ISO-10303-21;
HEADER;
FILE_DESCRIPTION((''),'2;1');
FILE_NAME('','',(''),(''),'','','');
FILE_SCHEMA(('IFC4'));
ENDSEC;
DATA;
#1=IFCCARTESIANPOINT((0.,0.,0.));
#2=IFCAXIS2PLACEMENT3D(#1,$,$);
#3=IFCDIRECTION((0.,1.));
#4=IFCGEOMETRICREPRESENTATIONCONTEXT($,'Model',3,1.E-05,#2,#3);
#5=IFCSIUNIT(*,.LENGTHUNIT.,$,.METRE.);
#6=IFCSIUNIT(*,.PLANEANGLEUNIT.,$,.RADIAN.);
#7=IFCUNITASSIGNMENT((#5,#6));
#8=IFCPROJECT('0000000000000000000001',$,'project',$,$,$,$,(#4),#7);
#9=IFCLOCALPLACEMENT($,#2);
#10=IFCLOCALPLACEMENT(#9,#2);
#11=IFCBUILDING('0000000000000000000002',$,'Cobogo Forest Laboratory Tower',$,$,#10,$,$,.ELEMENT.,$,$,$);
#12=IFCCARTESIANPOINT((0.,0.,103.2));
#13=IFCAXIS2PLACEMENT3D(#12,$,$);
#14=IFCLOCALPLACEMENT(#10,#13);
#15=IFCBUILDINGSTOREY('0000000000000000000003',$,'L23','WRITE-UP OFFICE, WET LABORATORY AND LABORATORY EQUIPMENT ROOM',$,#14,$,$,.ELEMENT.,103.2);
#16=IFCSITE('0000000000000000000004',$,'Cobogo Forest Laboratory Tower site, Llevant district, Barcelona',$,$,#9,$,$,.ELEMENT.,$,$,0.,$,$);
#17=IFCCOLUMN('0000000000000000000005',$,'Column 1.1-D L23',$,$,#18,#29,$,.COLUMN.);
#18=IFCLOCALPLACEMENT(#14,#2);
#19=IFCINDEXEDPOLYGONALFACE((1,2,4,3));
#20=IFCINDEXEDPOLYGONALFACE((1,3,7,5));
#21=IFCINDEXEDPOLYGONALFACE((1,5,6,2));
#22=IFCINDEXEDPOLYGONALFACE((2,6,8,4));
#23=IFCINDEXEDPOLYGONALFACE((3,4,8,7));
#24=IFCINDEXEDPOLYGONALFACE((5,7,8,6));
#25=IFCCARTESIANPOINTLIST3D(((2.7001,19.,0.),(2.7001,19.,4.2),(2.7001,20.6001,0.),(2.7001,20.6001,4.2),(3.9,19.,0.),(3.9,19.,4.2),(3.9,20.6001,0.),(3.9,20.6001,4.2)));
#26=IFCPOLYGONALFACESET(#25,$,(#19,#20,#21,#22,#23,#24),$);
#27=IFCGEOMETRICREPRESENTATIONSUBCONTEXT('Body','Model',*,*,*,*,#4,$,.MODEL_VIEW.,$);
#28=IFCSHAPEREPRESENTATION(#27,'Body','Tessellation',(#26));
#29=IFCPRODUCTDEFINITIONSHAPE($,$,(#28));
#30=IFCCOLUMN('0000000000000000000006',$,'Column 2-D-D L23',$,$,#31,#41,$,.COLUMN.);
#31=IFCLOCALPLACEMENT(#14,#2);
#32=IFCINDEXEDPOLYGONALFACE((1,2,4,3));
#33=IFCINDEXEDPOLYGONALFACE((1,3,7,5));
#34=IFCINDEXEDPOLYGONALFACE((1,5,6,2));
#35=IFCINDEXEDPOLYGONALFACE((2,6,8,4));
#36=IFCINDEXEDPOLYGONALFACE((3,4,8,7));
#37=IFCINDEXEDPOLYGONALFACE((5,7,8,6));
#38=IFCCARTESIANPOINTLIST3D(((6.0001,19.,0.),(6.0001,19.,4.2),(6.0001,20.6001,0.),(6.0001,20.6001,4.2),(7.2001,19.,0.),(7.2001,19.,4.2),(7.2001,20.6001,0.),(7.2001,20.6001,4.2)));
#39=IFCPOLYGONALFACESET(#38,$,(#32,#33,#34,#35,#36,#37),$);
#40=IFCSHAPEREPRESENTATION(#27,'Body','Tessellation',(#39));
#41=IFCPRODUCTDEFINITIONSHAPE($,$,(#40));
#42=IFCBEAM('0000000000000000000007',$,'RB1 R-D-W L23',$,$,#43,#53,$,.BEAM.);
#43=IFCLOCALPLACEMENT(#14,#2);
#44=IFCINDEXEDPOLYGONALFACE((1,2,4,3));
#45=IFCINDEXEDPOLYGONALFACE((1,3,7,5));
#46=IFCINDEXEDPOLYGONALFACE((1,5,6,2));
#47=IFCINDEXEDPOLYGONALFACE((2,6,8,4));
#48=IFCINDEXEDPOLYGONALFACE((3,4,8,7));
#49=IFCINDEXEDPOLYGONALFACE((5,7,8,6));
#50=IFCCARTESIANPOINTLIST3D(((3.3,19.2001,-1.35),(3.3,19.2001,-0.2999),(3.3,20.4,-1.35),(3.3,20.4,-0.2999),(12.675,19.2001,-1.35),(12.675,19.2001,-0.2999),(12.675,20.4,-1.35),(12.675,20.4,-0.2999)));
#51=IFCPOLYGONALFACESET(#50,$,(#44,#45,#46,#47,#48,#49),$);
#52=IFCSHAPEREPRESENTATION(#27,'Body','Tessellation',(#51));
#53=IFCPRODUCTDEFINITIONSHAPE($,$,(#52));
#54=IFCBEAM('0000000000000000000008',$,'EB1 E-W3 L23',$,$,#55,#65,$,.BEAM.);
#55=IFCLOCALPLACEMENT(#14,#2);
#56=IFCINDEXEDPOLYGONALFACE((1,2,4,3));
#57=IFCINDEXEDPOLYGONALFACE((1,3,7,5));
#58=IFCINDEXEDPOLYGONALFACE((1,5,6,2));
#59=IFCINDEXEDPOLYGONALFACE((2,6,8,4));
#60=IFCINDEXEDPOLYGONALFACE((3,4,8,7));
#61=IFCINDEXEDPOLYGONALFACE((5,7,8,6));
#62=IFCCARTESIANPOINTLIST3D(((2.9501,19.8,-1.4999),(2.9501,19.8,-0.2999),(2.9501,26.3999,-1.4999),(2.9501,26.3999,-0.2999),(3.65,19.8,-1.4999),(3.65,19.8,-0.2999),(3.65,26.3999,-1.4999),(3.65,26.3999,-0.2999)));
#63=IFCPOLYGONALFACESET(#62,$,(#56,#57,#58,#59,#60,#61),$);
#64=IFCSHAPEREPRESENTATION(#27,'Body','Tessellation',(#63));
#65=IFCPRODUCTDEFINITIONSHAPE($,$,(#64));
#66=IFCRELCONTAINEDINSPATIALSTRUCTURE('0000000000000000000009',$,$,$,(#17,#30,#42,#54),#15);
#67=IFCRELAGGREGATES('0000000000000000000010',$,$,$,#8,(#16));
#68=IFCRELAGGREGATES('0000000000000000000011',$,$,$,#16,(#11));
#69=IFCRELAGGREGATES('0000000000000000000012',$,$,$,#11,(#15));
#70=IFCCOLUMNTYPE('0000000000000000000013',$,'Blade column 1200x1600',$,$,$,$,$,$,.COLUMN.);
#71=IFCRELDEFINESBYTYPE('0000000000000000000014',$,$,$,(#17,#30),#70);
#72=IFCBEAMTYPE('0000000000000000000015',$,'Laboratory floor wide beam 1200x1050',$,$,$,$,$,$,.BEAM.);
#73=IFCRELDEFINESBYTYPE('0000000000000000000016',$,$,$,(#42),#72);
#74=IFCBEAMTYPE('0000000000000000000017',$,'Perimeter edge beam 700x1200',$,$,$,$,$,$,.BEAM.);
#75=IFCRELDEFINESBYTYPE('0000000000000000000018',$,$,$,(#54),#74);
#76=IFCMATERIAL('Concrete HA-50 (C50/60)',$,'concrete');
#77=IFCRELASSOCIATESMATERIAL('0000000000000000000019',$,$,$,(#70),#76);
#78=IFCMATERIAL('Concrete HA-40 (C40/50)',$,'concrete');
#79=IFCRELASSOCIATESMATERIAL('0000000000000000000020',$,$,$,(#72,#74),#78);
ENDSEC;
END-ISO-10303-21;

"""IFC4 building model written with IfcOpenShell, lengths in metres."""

from ifc_helpers import new_model, si_unit, direction, frame, origin, origin_2d, place, context, subcontext, project, spatial, rectangle, extrude, material, material_profile, profile_set, type_object, element, save


model = new_model("IFC4")

# Units and contexts
model_context = context("Model", 3, precision=1e-05, world=origin(), true_north=direction((0.0, 1.0)))
body_context = subcontext(model_context, "Body", "Model", "MODEL_VIEW")
ifc_project = project(units=[si_unit("LENGTHUNIT", "METRE"), si_unit("PLANEANGLEUNIT", "RADIAN")], contexts=[model_context])

# Site, building, storey
site_placement = place(None, origin())
site = spatial("IfcSite", under=ifc_project, at=site_placement, Name="Cobogo Forest Laboratory Tower site, Llevant district, Barcelona", CompositionType="ELEMENT", RefElevation=0.0)
building_placement = place(site_placement, origin())
building = spatial("IfcBuilding", under=site, at=building_placement, Name="Cobogo Forest Laboratory Tower", CompositionType="ELEMENT")
storey_placement = place(building_placement, frame((0.0, 0.0, 103.2)))
storey = spatial("IfcBuildingStorey", under=building, at=storey_placement, Name="L23", Description="WRITE-UP OFFICE, WET LABORATORY AND LABORATORY EQUIPMENT ROOM", CompositionType="ELEMENT", Elevation=103.2)

# Columns
ifc_material_1 = material(Name="Concrete HA-50 (C50/60)", Category="concrete")
ifc_material_profile_1 = material_profile(ifc_material_1, rectangle(XDim=1.6001, YDim=1.2, at=origin_2d()), Name="RC 1200x1600")
ifc_profile_set_1 = profile_set([ifc_material_profile_1], Name="Concrete HA-50 (C50/60)")
column_type = type_object("IfcColumnType", Name="Blade column 1200x1600", PredefinedType="COLUMN", material=ifc_profile_set_1)
for number, where, z_axis, x_axis, name in (
    (1, (3.3, 19.8, 0.0), (0.0, 0.0, 1.0), (0.0, 1.0, 0.0), "Column 1.1-D L23"),
    (2, (6.6001, 19.8, 0.0), (0.0, 0.0, 1.0), (0.0, 1.0, 0.0), "Column 2-D-D L23"),
):
    element("IfcColumn", number, at=place(storey_placement, frame(where, z_axis=z_axis, x_axis=x_axis)), inside=storey, type_object=column_type, Name=name, PredefinedType="COLUMN", context=body_context, shape_type="SweptSolid", body=[
        extrude(rectangle(XDim=1.6001, YDim=1.2, at=origin_2d()), origin(), (0.0, 0.0, 1.0), 4.2),
    ])

# Beams
ifc_material_2 = material(Name="Concrete HA-40 (C40/50)", Category="concrete")
ifc_material_profile_2 = material_profile(ifc_material_2, rectangle(XDim=1.2, YDim=1.05, at=origin_2d()), Name="RC 1200x1050")
ifc_profile_set_2 = profile_set([ifc_material_profile_2], Name="Concrete HA-40 (C40/50)")
beam_type_1 = type_object("IfcBeamType", Name="Laboratory floor wide beam 1200x1050", PredefinedType="BEAM", material=ifc_profile_set_2)
beam_1_placement = place(storey_placement, frame((12.675, 19.8, -0.825), z_axis=(-1.0, 0.0, 0.0), x_axis=(0.0, -1.0, 0.0)))
element("IfcBeam", 3, at=beam_1_placement, inside=storey, type_object=beam_type_1, Name="RB1 R-D-W L23", PredefinedType="BEAM", context=body_context, shape_type="SweptSolid", body=[
    extrude(rectangle(XDim=1.2, YDim=1.05, at=origin_2d()), origin(), (0.0, 0.0, 1.0), 9.375),
])
ifc_material_profile_3 = material_profile(ifc_material_2, rectangle(XDim=0.7, YDim=1.2, at=origin_2d()), Name="RC 700x1200")
ifc_profile_set_3 = profile_set([ifc_material_profile_3], Name="Concrete HA-40 (C40/50)")
beam_type_2 = type_object("IfcBeamType", Name="Perimeter edge beam 700x1200", PredefinedType="BEAM", material=ifc_profile_set_3)
beam_2_placement = place(storey_placement, frame((3.3, 19.8, -0.8999), z_axis=(0.0, 1.0, 0.0), x_axis=(-1.0, 0.0, 0.0)))
element("IfcBeam", 4, at=beam_2_placement, inside=storey, type_object=beam_type_2, Name="EB1 E-W3 L23", PredefinedType="BEAM", context=body_context, shape_type="SweptSolid", body=[
    extrude(rectangle(XDim=0.7, YDim=1.2, at=origin_2d()), origin(), (0.0, 0.0, 1.0), 6.5999),
])

save(model, "model.ifc")
